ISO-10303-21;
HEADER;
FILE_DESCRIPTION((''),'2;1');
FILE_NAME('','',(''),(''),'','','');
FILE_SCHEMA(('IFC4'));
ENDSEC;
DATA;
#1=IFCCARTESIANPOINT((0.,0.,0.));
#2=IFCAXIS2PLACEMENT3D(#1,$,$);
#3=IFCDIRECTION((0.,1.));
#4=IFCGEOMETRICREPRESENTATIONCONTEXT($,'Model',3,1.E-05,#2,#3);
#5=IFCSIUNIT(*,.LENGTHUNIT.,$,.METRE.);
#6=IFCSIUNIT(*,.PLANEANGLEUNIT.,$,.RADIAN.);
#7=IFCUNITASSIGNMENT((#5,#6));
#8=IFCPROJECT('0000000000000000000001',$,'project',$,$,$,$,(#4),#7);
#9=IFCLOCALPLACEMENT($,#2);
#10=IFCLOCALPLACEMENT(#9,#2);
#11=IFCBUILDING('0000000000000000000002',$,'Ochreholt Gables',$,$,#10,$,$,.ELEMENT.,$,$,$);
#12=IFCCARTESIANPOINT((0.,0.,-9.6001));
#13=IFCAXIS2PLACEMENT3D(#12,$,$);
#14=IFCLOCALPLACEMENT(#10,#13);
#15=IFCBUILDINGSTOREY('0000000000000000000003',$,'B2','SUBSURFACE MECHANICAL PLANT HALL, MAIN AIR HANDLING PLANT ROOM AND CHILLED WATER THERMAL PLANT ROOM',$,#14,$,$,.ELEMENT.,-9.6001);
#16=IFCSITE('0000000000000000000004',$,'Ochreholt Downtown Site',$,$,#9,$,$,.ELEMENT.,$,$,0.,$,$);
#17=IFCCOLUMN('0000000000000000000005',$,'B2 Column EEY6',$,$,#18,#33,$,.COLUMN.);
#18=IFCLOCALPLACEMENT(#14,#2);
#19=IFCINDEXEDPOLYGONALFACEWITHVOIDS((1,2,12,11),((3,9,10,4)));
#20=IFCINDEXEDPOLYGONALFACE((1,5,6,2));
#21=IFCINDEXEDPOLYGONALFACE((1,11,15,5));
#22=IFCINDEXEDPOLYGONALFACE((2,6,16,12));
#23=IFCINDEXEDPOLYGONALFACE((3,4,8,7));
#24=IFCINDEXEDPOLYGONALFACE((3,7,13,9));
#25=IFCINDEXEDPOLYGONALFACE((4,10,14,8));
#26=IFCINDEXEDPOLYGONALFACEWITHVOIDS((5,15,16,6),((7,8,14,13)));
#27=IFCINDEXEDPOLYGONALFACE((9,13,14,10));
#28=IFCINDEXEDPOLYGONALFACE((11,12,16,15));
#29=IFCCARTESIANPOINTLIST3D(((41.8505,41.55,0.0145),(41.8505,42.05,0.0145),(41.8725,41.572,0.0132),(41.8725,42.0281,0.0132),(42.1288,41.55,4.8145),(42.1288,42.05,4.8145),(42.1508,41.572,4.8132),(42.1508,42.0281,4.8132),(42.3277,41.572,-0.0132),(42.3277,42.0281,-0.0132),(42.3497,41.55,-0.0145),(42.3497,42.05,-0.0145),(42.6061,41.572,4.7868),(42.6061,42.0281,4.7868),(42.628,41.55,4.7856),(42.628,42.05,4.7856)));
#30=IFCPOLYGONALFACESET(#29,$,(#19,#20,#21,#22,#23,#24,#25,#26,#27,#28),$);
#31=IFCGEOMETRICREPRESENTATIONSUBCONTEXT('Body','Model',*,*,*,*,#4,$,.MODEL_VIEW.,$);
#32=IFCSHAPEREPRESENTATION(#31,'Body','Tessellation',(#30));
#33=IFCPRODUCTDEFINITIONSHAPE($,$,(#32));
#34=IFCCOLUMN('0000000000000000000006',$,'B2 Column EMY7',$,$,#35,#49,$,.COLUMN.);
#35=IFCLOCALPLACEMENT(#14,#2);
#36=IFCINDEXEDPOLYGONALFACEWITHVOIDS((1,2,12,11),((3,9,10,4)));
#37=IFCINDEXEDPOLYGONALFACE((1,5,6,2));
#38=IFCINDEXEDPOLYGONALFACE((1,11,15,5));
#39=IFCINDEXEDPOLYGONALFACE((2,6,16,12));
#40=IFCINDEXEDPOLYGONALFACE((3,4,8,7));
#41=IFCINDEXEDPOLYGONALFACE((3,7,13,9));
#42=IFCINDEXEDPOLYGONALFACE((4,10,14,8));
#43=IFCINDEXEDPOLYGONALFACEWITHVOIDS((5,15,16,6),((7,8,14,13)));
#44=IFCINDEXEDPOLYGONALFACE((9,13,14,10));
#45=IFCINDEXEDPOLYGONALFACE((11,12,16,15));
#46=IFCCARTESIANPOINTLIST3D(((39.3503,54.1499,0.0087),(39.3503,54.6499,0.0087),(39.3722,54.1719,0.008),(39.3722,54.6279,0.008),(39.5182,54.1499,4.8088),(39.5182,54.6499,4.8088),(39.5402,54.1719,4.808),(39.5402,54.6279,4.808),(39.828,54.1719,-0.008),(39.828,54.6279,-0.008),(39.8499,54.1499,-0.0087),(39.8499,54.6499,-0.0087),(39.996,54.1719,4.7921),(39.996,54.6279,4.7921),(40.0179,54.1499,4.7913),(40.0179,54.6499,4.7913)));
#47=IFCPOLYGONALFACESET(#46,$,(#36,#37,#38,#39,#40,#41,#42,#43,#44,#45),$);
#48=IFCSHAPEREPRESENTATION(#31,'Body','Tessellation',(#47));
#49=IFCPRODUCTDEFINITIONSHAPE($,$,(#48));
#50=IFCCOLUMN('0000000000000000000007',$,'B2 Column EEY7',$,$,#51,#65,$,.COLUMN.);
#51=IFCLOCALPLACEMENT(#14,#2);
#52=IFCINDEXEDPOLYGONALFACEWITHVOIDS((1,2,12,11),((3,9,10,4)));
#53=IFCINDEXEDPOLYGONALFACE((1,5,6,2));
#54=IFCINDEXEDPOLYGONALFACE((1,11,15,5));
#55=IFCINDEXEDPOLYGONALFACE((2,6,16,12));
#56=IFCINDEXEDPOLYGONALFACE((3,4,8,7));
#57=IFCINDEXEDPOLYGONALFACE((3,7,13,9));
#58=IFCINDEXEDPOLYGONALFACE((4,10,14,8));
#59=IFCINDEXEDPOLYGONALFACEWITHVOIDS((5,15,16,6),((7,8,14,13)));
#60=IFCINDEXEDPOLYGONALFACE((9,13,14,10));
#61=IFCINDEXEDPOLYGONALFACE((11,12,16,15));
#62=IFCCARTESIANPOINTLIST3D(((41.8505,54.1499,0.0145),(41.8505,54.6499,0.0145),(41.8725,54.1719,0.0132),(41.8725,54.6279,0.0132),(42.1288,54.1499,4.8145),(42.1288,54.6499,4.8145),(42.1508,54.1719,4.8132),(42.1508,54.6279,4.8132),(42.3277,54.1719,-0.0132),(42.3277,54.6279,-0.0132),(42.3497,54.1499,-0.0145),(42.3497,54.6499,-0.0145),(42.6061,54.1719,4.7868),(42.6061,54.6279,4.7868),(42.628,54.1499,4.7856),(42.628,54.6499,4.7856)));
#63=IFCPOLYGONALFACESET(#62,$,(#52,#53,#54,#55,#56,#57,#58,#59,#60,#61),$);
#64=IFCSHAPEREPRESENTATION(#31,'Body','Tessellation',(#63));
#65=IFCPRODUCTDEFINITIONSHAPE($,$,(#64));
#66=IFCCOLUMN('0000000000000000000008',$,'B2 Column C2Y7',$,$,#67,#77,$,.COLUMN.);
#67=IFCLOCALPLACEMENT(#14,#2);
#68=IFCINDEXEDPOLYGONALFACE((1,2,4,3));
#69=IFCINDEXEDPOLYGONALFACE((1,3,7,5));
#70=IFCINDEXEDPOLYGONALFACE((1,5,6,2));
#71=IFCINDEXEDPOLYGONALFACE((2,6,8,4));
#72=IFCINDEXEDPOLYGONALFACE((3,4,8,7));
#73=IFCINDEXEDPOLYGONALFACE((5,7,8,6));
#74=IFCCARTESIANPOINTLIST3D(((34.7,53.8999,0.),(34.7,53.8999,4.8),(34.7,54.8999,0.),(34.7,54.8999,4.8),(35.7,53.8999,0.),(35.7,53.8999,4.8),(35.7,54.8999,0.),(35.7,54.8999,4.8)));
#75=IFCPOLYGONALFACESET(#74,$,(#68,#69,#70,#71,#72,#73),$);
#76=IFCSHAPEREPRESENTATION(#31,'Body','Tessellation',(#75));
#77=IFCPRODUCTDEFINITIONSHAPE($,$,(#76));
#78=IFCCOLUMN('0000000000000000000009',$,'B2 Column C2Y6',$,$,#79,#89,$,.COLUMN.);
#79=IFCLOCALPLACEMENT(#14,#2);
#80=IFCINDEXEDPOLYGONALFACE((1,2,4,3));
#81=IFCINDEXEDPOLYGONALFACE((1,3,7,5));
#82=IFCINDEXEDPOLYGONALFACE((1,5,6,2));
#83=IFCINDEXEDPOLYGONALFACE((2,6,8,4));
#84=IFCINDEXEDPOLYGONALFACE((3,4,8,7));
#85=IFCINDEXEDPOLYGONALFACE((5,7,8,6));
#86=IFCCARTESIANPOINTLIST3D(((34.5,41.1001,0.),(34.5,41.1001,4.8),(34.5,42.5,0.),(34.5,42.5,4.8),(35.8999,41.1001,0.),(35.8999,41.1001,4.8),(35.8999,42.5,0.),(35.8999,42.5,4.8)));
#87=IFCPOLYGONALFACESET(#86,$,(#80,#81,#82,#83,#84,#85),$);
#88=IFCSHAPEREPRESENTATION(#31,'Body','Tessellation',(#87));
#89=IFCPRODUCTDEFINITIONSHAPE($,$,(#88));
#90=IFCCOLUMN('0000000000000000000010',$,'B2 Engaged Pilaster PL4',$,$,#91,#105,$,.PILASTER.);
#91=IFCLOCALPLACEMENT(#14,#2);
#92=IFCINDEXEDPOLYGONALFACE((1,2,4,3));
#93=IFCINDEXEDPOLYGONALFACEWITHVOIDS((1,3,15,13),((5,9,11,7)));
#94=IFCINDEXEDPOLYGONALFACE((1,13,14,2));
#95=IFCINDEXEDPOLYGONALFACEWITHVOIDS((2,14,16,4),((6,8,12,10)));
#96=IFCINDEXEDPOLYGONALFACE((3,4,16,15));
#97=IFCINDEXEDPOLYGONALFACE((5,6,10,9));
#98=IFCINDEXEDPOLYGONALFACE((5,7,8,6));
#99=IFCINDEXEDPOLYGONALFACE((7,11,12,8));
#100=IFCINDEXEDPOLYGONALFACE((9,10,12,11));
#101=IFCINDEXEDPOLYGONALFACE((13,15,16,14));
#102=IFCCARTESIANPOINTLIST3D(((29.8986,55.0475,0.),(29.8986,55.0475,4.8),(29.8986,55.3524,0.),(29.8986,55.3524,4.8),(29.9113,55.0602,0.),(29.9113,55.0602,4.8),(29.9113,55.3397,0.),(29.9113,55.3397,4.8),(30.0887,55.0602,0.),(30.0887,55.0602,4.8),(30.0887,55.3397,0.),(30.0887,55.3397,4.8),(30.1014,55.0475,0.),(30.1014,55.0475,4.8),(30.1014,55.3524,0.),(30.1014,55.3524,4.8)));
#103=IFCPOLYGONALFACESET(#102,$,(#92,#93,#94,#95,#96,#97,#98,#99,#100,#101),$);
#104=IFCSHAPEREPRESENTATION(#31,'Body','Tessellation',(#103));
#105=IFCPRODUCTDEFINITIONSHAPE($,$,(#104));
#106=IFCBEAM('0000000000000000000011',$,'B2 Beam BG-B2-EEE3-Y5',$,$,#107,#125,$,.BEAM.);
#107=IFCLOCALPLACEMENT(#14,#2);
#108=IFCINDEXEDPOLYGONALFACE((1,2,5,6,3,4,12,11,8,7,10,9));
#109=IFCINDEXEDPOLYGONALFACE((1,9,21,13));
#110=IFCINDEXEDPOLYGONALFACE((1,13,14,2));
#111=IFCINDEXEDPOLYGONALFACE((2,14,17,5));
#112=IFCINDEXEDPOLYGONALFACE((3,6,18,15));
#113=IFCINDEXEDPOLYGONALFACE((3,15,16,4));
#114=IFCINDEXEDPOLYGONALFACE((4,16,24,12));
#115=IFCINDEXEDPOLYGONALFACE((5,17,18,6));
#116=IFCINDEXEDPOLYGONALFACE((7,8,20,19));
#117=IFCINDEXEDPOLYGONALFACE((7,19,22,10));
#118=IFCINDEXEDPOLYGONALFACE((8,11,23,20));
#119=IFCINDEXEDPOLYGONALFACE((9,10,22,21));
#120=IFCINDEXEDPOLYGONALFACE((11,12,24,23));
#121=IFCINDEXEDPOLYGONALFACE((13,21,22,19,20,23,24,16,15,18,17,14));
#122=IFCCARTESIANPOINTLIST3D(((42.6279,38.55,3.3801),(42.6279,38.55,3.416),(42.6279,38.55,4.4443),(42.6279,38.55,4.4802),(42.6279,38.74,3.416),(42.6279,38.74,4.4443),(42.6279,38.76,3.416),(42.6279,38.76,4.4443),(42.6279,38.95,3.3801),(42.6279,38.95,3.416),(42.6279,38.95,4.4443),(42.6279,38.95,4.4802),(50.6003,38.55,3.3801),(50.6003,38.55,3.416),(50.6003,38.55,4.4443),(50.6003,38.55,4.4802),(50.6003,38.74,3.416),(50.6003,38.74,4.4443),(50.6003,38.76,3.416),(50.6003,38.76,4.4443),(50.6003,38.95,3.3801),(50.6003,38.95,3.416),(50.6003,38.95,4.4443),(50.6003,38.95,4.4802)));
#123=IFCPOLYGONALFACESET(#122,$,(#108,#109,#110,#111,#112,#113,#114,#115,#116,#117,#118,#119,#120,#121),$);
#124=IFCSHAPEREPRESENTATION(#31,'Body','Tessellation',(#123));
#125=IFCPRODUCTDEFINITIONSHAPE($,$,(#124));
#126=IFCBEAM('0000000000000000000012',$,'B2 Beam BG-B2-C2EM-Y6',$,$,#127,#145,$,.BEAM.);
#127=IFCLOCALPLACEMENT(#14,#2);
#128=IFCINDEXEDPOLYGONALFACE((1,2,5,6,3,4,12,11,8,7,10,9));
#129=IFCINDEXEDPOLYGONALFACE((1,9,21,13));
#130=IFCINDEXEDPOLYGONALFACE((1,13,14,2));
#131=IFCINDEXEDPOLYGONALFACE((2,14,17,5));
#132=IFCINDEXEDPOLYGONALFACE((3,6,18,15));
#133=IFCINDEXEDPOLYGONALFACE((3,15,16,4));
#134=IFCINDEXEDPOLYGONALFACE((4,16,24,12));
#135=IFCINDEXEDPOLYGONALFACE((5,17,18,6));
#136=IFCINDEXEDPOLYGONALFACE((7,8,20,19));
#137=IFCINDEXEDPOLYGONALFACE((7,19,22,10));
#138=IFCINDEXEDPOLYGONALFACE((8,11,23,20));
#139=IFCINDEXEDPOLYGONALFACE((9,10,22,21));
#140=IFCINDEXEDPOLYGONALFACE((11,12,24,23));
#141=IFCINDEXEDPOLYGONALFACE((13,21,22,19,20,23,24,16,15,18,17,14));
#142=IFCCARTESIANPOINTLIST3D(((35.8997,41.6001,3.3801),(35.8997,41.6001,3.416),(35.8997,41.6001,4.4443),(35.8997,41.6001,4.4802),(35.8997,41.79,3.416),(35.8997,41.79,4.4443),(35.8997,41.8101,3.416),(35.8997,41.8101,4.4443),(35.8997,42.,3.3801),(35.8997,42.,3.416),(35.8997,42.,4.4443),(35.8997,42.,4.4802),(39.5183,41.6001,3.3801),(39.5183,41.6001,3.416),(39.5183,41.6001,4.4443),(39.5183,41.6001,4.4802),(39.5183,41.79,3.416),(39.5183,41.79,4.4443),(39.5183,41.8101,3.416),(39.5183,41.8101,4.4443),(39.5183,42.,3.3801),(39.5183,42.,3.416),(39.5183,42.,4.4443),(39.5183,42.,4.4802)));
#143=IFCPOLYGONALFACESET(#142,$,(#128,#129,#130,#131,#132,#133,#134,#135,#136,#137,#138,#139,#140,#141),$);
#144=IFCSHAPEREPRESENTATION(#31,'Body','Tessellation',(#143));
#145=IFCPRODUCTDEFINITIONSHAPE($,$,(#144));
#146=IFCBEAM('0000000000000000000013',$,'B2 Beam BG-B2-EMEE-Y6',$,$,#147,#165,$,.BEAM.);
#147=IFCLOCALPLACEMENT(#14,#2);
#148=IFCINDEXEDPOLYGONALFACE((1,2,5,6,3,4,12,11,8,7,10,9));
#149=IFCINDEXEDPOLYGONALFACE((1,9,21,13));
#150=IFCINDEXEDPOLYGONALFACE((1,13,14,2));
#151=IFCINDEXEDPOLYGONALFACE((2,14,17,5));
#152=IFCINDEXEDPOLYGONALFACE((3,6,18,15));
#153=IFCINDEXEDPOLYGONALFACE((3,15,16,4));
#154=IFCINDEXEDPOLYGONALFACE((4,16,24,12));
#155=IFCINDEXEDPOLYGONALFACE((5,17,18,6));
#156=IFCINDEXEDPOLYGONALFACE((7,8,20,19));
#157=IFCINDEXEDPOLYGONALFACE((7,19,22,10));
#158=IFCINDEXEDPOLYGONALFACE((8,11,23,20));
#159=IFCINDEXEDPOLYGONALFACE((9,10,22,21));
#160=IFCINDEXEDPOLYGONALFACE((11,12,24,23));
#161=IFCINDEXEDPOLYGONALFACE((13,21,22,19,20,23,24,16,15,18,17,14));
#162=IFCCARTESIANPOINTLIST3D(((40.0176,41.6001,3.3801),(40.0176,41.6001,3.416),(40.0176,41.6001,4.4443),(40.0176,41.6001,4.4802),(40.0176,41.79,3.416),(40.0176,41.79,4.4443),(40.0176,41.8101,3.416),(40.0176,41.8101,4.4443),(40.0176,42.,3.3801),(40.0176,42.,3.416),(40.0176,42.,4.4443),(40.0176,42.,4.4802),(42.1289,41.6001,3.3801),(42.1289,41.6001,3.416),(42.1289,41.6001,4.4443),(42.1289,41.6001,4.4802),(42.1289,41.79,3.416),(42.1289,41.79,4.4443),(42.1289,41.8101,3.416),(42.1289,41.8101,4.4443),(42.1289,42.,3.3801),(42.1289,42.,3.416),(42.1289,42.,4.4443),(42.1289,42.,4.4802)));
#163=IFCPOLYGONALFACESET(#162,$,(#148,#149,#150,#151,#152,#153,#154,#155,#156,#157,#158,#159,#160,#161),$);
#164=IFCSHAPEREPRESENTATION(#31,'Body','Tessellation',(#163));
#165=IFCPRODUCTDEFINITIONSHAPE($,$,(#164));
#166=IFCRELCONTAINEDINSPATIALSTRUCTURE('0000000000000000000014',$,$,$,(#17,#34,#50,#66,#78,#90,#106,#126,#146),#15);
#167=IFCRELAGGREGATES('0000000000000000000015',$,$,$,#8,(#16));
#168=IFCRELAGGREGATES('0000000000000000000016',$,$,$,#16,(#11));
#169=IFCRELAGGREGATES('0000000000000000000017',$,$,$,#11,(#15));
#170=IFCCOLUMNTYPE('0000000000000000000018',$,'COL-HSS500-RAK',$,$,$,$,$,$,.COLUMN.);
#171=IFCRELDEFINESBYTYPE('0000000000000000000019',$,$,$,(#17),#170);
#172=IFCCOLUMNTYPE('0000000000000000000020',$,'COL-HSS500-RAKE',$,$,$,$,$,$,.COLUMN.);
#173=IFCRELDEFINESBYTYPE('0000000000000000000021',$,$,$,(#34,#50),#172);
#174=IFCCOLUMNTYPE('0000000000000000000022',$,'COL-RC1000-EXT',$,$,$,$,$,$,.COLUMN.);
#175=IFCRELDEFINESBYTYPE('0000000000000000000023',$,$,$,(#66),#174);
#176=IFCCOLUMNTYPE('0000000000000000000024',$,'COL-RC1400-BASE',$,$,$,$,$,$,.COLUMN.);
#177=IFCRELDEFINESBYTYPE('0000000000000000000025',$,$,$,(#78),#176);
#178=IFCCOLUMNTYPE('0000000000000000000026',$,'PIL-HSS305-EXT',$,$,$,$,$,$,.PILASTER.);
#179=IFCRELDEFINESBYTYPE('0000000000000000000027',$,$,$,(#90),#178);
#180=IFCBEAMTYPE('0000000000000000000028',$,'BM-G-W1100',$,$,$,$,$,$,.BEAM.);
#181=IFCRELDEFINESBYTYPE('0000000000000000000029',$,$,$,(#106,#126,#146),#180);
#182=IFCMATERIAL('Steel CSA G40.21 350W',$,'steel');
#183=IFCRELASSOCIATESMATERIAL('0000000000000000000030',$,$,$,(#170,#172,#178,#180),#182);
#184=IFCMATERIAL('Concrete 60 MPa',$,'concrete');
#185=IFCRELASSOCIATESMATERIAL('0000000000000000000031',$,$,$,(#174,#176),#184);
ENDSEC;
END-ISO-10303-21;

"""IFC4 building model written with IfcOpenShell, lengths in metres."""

from ifc_helpers import new_model, si_unit, direction, frame, origin, origin_2d, place, context, subcontext, project, spatial, rectangle, hollow_rectangle, i_section, extrude, material, material_profile, profile_set, type_object, element, save


model = new_model("IFC4")

# Units and contexts
model_context = context("Model", 3, precision=1e-05, world=origin(), true_north=direction((0.0, 1.0)))
body_context = subcontext(model_context, "Body", "Model", "MODEL_VIEW")
ifc_project = project(units=[si_unit("LENGTHUNIT", "METRE"), si_unit("PLANEANGLEUNIT", "RADIAN")], contexts=[model_context])

# Site, building, storey
site_placement = place(None, origin())
site = spatial("IfcSite", under=ifc_project, at=site_placement, Name="Ochreholt Downtown Site", CompositionType="ELEMENT", RefElevation=0.0)
building_placement = place(site_placement, origin())
building = spatial("IfcBuilding", under=site, at=building_placement, Name="Ochreholt Gables", CompositionType="ELEMENT")
storey_placement = place(building_placement, frame((0.0, 0.0, -9.6001)))
storey = spatial("IfcBuildingStorey", under=building, at=storey_placement, Name="B2", Description="SUBSURFACE MECHANICAL PLANT HALL, MAIN AIR HANDLING PLANT ROOM AND CHILLED WATER THERMAL PLANT ROOM", CompositionType="ELEMENT", Elevation=-9.6001)

# Columns
ifc_material_1 = material(Name="Steel CSA G40.21 350W", Category="steel")
ifc_material_profile_1 = material_profile(ifc_material_1, hollow_rectangle(XDim=0.5, YDim=0.5, WallThickness=0.022, at=origin_2d()), Name="HSS500X500X22")
ifc_profile_set_1 = profile_set([ifc_material_profile_1], Name="Steel CSA G40.21 350W")
column_type_1 = type_object("IfcColumnType", Name="COL-HSS500-RAK", PredefinedType="COLUMN", material=ifc_profile_set_1)
for number, where, z_axis, x_axis, name in (
    (1, (42.1001, 41.8, 0.0), (0.057886, 0.0, 0.998323), (0.0, 1.0, 0.0), "B2 Column EEY6"),
):
    element("IfcColumn", number, at=place(storey_placement, frame(where, z_axis=z_axis, x_axis=x_axis)), inside=storey, type_object=column_type_1, Name=name, PredefinedType="COLUMN", context=body_context, shape_type="SweptSolid", body=[
        extrude(hollow_rectangle(XDim=0.5, YDim=0.5, WallThickness=0.022, at=origin_2d()), origin(), (0.0, 0.0, 1.0), 4.8081),
    ])
ifc_material_profile_2 = material_profile(ifc_material_1, hollow_rectangle(XDim=0.5, YDim=0.5, WallThickness=0.022, at=origin_2d()), Name="HSS500X500X22")
ifc_profile_set_2 = profile_set([ifc_material_profile_2], Name="Steel CSA G40.21 350W")
column_type_2 = type_object("IfcColumnType", Name="COL-HSS500-RAKE", PredefinedType="COLUMN", material=ifc_profile_set_2)
column_1_placement = place(storey_placement, frame((39.6001, 54.3999, 0.0), z_axis=(0.034972, 0.0, 0.999388), x_axis=(0.0, 1.0, 0.0)))
element("IfcColumn", 2, at=column_1_placement, inside=storey, type_object=column_type_2, Name="B2 Column EMY7", PredefinedType="COLUMN", context=body_context, shape_type="SweptSolid", body=[
    extrude(hollow_rectangle(XDim=0.5, YDim=0.5, WallThickness=0.022, at=origin_2d()), origin(), (0.0, 0.0, 1.0), 4.803),
])
column_2_placement = place(storey_placement, frame((42.1001, 54.3999, 0.0), z_axis=(0.057886, 0.0, 0.998323), x_axis=(0.0, 1.0, 0.0)))
element("IfcColumn", 3, at=column_2_placement, inside=storey, type_object=column_type_2, Name="B2 Column EEY7", PredefinedType="COLUMN", context=body_context, shape_type="SweptSolid", body=[
    extrude(hollow_rectangle(XDim=0.5, YDim=0.5, WallThickness=0.022, at=origin_2d()), origin(), (0.0, 0.0, 1.0), 4.8081),
])
ifc_material_2 = material(Name="Concrete 60 MPa", Category="concrete")
ifc_material_profile_3 = material_profile(ifc_material_2, rectangle(XDim=1.0, YDim=1.0, at=origin_2d()), Name="RC1000X1000")
ifc_profile_set_3 = profile_set([ifc_material_profile_3], Name="Concrete 60 MPa")
column_type_3 = type_object("IfcColumnType", Name="COL-RC1000-EXT", PredefinedType="COLUMN", material=ifc_profile_set_3)
column_3_placement = place(storey_placement, frame((35.2, 54.3999, 0.0), z_axis=(0.0, 0.0, 1.0), x_axis=(1.0, 0.0, 0.0)))
element("IfcColumn", 4, at=column_3_placement, inside=storey, type_object=column_type_3, Name="B2 Column C2Y7", PredefinedType="COLUMN", context=body_context, shape_type="SweptSolid", body=[
    extrude(rectangle(XDim=1.0, YDim=1.0, at=origin_2d()), origin(), (0.0, 0.0, 1.0), 4.8),
])
ifc_material_profile_4 = material_profile(ifc_material_2, rectangle(XDim=1.3999, YDim=1.3999, at=origin_2d()), Name="RC1400X1400")
ifc_profile_set_4 = profile_set([ifc_material_profile_4], Name="Concrete 60 MPa")
column_type_4 = type_object("IfcColumnType", Name="COL-RC1400-BASE", PredefinedType="COLUMN", material=ifc_profile_set_4)
column_4_placement = place(storey_placement, frame((35.2, 41.8, 0.0), z_axis=(0.0, 0.0, 1.0), x_axis=(1.0, 0.0, 0.0)))
element("IfcColumn", 5, at=column_4_placement, inside=storey, type_object=column_type_4, Name="B2 Column C2Y6", PredefinedType="COLUMN", context=body_context, shape_type="SweptSolid", body=[
    extrude(rectangle(XDim=1.3999, YDim=1.3999, at=origin_2d()), origin(), (0.0, 0.0, 1.0), 4.8),
])
ifc_material_profile_5 = material_profile(ifc_material_1, hollow_rectangle(XDim=0.2029, YDim=0.3049, WallThickness=0.0127, at=origin_2d()), Name="HSS305X203X13")
ifc_profile_set_5 = profile_set([ifc_material_profile_5], Name="Steel CSA G40.21 350W")
column_type_5 = type_object("IfcColumnType", Name="PIL-HSS305-EXT", PredefinedType="PILASTER", material=ifc_profile_set_5)
column_5_placement = place(storey_placement, frame((30.0, 55.2, 0.0), z_axis=(0.0, 0.0, 1.0), x_axis=(1.0, 0.0, 0.0)))
element("IfcColumn", 6, at=column_5_placement, inside=storey, type_object=column_type_5, Name="B2 Engaged Pilaster PL4", PredefinedType="PILASTER", context=body_context, shape_type="SweptSolid", body=[
    extrude(hollow_rectangle(XDim=0.2029, YDim=0.3049, WallThickness=0.0127, at=origin_2d()), origin(), (0.0, 0.0, 1.0), 4.8),
])

# Beams
ifc_material_profile_6 = material_profile(ifc_material_1, i_section(OverallWidth=0.3999, OverallDepth=1.1001, WebThickness=0.02, FlangeThickness=0.0359, at=origin_2d()), Name="W1100X390")
ifc_profile_set_6 = profile_set([ifc_material_profile_6], Name="Steel CSA G40.21 350W")
beam_type_1 = type_object("IfcBeamType", Name="BM-G-W1100", PredefinedType="BEAM", material=ifc_profile_set_6)
beam_1_placement = place(storey_placement, frame((42.6279, 38.75, 3.9302), z_axis=(1.0, 0.0, 0.0), x_axis=(0.0, 1.0, 0.0)))
element("IfcBeam", 7, at=beam_1_placement, inside=storey, type_object=beam_type_1, Name="B2 Beam BG-B2-EEE3-Y5", PredefinedType="BEAM", context=body_context, shape_type="SweptSolid", body=[
    extrude(i_section(OverallWidth=0.3999, OverallDepth=1.1001, WebThickness=0.02, FlangeThickness=0.0359, at=origin_2d()), origin(), (0.0, 0.0, 1.0), 7.9724),
])
beam_2_placement = place(storey_placement, frame((35.8997, 41.8, 3.9302), z_axis=(1.0, 0.0, 0.0), x_axis=(0.0, 1.0, 0.0)))
element("IfcBeam", 8, at=beam_2_placement, inside=storey, type_object=beam_type_1, Name="B2 Beam BG-B2-C2EM-Y6", PredefinedType="BEAM", context=body_context, shape_type="SweptSolid", body=[
    extrude(i_section(OverallWidth=0.3999, OverallDepth=1.1001, WebThickness=0.02, FlangeThickness=0.0359, at=origin_2d()), origin(), (0.0, 0.0, 1.0), 3.6187),
])
beam_3_placement = place(storey_placement, frame((40.0176, 41.8, 3.9302), z_axis=(1.0, 0.0, 0.0), x_axis=(0.0, 1.0, 0.0)))
element("IfcBeam", 9, at=beam_3_placement, inside=storey, type_object=beam_type_1, Name="B2 Beam BG-B2-EMEE-Y6", PredefinedType="BEAM", context=body_context, shape_type="SweptSolid", body=[
    extrude(i_section(OverallWidth=0.3999, OverallDepth=1.1001, WebThickness=0.02, FlangeThickness=0.0359, at=origin_2d()), origin(), (0.0, 0.0, 1.0), 2.1113),
])

save(model, "model.ifc")
